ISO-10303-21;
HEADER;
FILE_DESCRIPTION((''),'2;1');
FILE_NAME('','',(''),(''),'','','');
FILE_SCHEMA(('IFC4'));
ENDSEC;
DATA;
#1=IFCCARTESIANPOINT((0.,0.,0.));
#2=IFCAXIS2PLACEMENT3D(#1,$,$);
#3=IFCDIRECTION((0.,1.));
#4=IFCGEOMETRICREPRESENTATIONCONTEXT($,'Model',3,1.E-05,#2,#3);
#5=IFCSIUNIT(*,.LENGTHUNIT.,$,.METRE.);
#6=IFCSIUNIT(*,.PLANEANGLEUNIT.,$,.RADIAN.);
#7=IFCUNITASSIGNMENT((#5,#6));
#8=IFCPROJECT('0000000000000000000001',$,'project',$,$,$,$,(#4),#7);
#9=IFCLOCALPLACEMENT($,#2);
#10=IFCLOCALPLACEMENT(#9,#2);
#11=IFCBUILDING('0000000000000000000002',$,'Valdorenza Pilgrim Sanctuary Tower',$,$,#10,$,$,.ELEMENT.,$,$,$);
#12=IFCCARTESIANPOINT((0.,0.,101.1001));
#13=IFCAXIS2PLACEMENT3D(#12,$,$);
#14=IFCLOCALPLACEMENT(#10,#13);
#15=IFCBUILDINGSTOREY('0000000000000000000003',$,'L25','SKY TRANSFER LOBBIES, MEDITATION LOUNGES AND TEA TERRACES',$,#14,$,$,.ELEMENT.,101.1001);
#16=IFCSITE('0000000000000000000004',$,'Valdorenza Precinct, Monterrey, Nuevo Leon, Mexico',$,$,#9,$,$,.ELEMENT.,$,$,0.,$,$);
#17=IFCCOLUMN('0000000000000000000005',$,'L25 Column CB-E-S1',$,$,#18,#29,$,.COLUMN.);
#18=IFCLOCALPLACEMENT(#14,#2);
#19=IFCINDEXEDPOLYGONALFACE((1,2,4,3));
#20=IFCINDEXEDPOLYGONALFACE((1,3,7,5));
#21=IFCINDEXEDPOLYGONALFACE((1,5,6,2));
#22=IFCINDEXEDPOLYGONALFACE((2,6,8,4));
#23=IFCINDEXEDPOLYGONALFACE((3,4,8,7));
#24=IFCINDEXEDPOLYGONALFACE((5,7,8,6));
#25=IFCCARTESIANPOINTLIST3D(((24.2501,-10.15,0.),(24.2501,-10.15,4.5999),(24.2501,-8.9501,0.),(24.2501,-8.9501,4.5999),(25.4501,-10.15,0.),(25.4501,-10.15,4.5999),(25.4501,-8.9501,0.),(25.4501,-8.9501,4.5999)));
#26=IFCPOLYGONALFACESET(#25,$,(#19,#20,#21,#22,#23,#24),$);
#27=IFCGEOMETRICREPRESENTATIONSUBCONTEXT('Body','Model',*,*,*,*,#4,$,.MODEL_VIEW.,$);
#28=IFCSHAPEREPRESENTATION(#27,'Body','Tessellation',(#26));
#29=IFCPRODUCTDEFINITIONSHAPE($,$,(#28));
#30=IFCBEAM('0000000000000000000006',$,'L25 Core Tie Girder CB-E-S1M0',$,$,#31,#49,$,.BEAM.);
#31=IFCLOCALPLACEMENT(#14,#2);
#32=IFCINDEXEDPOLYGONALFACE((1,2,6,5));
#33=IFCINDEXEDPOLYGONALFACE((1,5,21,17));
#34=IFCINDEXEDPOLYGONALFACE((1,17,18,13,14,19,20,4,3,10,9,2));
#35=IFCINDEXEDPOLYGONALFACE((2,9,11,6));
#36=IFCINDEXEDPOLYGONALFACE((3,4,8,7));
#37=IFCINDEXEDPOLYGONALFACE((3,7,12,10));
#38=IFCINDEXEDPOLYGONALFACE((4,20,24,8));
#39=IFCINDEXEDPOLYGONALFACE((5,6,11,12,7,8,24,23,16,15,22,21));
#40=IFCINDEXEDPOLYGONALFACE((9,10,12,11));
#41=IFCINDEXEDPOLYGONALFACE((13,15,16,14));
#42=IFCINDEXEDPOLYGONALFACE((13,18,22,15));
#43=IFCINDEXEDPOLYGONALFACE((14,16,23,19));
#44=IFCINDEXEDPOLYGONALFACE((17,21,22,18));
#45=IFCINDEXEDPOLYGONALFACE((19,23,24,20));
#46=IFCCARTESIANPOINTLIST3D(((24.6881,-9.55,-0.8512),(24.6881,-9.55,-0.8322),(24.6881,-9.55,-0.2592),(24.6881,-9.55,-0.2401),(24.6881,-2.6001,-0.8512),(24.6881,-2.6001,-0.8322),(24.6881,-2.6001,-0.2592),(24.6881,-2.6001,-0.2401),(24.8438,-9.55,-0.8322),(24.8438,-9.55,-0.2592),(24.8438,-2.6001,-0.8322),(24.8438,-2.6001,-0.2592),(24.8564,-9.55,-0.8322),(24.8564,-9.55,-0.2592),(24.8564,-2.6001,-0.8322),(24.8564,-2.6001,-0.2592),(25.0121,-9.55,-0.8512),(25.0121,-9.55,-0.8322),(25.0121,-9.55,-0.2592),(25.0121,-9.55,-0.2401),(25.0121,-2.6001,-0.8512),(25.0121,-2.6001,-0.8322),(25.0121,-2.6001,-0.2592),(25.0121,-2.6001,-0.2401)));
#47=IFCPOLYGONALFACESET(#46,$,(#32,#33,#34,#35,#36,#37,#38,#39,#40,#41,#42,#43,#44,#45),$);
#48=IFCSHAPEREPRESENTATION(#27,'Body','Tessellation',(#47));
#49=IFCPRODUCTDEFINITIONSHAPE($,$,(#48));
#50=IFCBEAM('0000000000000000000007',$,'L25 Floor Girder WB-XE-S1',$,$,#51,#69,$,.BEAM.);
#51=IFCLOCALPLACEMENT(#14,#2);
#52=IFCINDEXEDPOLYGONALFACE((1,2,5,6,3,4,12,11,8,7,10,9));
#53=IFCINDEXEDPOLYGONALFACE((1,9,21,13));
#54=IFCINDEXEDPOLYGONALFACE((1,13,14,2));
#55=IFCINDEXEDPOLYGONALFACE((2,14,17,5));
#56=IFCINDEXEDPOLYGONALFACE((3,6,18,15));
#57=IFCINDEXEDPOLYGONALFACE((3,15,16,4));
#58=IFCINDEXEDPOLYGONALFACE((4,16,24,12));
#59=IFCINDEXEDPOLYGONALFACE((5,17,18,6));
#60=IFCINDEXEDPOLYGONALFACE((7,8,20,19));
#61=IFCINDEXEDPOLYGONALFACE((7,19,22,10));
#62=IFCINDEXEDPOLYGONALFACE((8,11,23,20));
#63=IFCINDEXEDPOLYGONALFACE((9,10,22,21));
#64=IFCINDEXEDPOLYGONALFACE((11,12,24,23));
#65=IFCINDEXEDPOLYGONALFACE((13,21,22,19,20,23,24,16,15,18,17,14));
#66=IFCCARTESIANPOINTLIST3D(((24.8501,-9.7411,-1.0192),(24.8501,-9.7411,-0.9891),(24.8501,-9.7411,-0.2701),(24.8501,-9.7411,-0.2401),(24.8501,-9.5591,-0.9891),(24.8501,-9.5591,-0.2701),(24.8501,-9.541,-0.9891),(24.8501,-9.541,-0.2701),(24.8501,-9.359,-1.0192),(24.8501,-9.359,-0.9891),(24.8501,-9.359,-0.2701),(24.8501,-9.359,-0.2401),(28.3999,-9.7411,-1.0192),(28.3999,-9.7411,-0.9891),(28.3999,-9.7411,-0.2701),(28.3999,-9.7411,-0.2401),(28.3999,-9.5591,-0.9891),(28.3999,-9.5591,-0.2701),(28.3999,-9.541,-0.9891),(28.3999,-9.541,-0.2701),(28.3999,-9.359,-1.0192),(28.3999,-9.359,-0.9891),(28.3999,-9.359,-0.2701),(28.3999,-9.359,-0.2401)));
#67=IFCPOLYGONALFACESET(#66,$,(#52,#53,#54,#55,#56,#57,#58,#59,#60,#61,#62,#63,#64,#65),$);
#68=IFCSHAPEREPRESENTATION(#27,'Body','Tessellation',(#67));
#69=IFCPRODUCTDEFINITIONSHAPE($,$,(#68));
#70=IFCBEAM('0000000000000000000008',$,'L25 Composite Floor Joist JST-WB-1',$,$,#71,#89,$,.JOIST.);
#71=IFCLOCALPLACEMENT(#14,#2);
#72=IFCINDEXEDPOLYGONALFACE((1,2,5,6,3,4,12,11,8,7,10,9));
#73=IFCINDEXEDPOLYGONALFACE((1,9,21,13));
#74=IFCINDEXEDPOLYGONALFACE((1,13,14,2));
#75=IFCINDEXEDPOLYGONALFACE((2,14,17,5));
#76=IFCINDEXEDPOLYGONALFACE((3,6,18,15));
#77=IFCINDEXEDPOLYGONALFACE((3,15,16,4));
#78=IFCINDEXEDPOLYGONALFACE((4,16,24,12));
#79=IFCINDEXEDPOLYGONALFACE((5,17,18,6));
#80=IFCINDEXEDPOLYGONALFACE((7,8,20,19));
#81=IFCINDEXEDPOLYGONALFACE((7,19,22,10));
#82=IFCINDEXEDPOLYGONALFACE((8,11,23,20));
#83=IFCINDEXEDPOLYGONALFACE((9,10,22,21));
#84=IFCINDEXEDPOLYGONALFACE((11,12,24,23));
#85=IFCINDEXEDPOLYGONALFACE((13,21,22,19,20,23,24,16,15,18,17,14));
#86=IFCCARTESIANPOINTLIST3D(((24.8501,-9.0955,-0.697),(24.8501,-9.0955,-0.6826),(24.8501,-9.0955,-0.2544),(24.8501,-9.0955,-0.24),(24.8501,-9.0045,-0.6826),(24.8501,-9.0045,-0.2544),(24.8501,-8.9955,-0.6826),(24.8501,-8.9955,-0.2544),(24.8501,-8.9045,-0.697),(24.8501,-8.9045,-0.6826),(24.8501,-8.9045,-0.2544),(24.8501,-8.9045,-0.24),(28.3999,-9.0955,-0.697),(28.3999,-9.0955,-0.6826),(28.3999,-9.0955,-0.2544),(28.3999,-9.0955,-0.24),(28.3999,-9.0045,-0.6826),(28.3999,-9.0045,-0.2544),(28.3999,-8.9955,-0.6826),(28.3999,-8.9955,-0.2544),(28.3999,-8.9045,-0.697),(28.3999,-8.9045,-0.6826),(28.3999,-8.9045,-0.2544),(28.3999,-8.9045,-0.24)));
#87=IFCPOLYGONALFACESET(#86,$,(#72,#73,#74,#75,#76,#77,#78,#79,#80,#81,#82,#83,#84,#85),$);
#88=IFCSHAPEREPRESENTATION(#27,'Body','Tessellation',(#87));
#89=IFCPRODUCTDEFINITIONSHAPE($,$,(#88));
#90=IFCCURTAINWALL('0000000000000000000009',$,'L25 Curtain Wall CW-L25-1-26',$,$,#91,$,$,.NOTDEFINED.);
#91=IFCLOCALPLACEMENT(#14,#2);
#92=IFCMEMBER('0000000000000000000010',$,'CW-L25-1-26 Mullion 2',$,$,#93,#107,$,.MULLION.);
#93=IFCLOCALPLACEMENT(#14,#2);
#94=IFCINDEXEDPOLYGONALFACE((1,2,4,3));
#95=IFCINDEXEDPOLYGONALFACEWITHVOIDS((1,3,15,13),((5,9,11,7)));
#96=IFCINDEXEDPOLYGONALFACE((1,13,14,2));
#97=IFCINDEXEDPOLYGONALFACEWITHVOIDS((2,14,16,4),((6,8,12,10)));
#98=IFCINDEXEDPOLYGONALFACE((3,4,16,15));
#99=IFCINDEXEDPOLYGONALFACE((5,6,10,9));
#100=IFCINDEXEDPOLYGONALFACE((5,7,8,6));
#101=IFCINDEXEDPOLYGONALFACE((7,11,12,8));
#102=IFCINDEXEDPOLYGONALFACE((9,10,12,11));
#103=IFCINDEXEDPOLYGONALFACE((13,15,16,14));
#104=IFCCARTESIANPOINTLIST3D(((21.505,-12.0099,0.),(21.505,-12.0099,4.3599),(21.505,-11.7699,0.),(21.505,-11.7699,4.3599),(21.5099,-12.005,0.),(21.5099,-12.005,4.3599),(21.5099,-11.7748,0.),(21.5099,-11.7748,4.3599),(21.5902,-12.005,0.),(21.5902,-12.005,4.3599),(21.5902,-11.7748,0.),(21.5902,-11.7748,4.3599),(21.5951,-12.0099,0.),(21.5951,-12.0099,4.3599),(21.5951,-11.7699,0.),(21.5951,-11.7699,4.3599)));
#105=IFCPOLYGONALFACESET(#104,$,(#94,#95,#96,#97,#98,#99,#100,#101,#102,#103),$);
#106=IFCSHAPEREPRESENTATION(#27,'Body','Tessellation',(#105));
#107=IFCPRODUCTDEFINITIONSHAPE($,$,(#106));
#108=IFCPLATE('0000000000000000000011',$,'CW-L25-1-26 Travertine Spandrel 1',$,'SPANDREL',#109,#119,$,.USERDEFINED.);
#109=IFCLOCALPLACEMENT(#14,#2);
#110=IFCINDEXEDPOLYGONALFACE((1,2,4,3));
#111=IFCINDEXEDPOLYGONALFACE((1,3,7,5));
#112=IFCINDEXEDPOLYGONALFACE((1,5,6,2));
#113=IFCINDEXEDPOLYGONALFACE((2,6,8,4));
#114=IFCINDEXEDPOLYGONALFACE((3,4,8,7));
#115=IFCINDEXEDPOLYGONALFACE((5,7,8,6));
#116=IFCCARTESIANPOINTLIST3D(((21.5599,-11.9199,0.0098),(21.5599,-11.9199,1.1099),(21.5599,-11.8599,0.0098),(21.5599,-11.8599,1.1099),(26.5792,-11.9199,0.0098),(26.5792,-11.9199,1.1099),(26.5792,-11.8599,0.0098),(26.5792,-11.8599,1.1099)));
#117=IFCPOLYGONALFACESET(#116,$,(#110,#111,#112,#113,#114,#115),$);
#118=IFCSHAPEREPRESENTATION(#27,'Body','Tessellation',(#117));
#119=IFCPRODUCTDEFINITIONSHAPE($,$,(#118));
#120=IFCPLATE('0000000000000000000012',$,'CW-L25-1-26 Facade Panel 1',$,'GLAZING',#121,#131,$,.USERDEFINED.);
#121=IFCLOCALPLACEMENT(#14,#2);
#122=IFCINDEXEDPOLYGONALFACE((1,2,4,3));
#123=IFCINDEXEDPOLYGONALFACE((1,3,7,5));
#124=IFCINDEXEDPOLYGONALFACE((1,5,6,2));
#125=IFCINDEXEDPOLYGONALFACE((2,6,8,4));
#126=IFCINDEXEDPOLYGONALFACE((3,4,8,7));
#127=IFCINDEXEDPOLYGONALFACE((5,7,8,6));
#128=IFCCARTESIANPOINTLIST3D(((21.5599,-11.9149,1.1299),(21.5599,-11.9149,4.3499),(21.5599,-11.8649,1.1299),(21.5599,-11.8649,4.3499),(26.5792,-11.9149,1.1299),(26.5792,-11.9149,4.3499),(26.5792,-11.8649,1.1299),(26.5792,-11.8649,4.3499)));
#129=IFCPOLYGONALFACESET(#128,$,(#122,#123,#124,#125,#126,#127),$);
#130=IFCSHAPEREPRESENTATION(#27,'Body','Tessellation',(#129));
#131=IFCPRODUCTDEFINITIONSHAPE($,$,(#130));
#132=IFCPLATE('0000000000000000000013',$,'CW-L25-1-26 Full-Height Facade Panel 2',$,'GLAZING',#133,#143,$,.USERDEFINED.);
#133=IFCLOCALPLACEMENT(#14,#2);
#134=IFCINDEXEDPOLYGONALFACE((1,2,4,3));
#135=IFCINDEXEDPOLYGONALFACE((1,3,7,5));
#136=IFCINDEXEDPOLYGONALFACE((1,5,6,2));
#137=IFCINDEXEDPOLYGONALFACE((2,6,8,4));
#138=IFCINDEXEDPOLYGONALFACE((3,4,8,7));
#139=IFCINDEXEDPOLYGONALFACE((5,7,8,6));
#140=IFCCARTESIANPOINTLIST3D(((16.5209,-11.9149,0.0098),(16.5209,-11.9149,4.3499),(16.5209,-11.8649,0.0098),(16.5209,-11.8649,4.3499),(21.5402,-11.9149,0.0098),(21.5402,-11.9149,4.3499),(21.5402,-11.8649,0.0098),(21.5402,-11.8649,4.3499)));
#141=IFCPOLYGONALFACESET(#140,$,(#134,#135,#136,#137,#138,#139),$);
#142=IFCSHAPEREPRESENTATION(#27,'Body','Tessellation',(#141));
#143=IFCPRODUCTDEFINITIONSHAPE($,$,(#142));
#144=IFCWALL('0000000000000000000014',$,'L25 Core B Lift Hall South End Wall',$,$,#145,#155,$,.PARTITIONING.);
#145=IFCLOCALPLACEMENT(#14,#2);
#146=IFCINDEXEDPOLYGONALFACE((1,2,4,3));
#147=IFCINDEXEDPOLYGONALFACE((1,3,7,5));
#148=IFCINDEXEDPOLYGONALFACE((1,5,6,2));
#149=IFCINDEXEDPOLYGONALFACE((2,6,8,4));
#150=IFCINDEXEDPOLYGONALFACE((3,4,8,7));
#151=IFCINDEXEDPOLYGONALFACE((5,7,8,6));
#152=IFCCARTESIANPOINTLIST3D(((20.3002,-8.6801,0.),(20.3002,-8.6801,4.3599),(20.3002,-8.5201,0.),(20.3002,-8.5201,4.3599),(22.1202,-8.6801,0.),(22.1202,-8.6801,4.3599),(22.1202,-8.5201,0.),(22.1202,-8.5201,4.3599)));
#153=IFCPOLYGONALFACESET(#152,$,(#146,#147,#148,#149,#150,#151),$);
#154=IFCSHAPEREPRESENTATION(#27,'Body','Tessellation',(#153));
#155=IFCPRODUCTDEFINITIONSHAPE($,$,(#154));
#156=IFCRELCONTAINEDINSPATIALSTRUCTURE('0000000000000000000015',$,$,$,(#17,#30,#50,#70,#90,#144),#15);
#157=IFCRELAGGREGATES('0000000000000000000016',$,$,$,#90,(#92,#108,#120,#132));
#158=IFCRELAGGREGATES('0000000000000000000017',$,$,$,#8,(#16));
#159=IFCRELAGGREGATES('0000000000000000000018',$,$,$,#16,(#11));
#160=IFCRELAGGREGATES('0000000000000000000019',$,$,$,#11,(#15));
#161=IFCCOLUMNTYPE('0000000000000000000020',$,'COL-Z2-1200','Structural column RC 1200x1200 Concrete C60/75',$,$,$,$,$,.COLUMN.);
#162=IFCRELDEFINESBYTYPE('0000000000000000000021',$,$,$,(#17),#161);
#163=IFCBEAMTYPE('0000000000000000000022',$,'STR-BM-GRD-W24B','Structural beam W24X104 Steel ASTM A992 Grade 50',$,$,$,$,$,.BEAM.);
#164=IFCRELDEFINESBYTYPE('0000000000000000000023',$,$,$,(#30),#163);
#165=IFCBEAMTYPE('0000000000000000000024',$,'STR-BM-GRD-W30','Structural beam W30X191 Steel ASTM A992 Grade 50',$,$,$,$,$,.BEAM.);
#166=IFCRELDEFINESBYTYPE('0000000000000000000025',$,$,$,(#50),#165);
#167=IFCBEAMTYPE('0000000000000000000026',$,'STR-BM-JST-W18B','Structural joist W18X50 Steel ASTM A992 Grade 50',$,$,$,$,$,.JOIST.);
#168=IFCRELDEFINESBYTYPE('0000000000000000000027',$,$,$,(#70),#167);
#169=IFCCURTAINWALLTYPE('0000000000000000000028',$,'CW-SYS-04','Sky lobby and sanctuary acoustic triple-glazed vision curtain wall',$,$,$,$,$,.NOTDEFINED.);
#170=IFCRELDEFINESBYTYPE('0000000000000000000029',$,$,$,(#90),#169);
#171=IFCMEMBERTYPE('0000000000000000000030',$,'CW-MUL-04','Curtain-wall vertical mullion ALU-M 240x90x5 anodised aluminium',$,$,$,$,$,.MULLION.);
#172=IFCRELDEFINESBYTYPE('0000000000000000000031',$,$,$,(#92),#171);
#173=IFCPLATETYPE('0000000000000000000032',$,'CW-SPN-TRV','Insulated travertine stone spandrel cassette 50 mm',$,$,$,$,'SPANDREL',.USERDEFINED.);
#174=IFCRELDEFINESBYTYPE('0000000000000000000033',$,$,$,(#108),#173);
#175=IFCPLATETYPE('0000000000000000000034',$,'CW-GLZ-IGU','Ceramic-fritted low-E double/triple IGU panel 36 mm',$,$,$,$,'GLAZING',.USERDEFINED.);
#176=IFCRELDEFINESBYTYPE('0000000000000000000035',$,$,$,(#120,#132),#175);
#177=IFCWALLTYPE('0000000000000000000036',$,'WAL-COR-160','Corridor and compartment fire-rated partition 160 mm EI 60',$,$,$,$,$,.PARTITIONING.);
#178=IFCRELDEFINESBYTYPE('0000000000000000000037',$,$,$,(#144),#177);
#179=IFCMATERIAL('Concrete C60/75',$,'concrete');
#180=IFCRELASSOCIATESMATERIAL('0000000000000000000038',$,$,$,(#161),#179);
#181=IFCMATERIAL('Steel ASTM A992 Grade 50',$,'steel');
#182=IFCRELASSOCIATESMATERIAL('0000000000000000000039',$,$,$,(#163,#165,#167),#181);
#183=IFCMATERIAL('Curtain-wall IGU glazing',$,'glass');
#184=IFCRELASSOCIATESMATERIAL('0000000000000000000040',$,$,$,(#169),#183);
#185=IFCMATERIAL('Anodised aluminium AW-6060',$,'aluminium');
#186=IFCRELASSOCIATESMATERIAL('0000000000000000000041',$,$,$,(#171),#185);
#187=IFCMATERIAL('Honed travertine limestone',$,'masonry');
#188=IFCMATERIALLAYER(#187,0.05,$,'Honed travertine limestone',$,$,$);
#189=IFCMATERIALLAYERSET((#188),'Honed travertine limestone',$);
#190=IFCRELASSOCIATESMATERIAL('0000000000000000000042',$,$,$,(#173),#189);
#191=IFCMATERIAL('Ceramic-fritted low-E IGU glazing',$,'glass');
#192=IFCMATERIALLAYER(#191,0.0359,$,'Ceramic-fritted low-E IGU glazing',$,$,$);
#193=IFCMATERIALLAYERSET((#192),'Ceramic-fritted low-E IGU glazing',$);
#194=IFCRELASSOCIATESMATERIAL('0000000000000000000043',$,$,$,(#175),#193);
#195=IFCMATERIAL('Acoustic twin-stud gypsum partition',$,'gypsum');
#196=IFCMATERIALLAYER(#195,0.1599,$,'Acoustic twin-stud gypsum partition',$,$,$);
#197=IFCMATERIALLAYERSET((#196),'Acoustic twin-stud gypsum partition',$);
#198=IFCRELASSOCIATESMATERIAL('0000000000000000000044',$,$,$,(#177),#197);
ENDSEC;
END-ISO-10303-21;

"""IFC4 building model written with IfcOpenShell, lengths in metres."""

from ifc_helpers import new_model, si_unit, direction, frame, frame_2d, origin, origin_2d, place, context, subcontext, project, spatial, rectangle, hollow_rectangle, i_section, extrude, source, transform, mapped, material, layer, layer_set, material_profile, profile_set, type_object, element, aggregate, save


model = new_model("IFC4")

# Units and contexts
model_context = context("Model", 3, precision=1e-05, world=origin(), true_north=direction((0.0, 1.0)))
body_context = subcontext(model_context, "Body", "Model", "MODEL_VIEW")
ifc_project = project(units=[si_unit("LENGTHUNIT", "METRE"), si_unit("PLANEANGLEUNIT", "RADIAN")], contexts=[model_context])

# Site, building, storey
site_placement = place(None, origin())
site = spatial("IfcSite", under=ifc_project, at=site_placement, Name="Valdorenza Precinct, Monterrey, Nuevo Leon, Mexico", CompositionType="ELEMENT", RefElevation=0.0)
building_placement = place(site_placement, origin())
building = spatial("IfcBuilding", under=site, at=building_placement, Name="Valdorenza Pilgrim Sanctuary Tower", CompositionType="ELEMENT")
storey_placement = place(building_placement, frame((0.0, 0.0, 101.1001)))
storey = spatial("IfcBuildingStorey", under=building, at=storey_placement, Name="L25", Description="SKY TRANSFER LOBBIES, MEDITATION LOUNGES AND TEA TERRACES", CompositionType="ELEMENT", Elevation=101.1001)

# Column
ifc_material_1 = material(Name="Concrete C60/75", Category="concrete")
ifc_material_profile_1 = material_profile(ifc_material_1, rectangle(XDim=1.2, YDim=1.2, at=origin_2d()), Name="RC 1200x1200")
ifc_profile_set_1 = profile_set([ifc_material_profile_1], Name="Concrete C60/75")
column_type = type_object("IfcColumnType", Name="COL-Z2-1200", Description="Structural column RC 1200x1200 Concrete C60/75", PredefinedType="COLUMN", material=ifc_profile_set_1)
shared_shape_1 = source(origin(), body_context, "Body", "SweptSolid", [
    extrude(rectangle(XDim=1.2, YDim=1.2, at=origin_2d()), origin(), (0.0, 0.0, 1.0), 4.5999),
])
column_placement = place(storey_placement, frame((24.8501, -9.55, 0.0), z_axis=(0.0, 0.0, 1.0), x_axis=(1.0, 0.0, 0.0)))
element("IfcColumn", 1, at=column_placement, inside=storey, type_object=column_type, Name="L25 Column CB-E-S1", PredefinedType="COLUMN", context=body_context, shape_type="MappedRepresentation", body=[
    mapped(shared_shape_1, transform((0.0, 0.0, 0.0), x_axis=(1.0, 0.0, 0.0), y_axis=(0.0, 1.0, 0.0), z_axis=(0.0, 0.0, 1.0), scale=1.0)),
])

# Beams
ifc_material_2 = material(Name="Steel ASTM A992 Grade 50", Category="steel")
ifc_material_profile_2 = material_profile(ifc_material_2, i_section(OverallWidth=0.324, OverallDepth=0.6111, WebThickness=0.0127, FlangeThickness=0.019, at=origin_2d()), Name="W24X104")
ifc_profile_set_2 = profile_set([ifc_material_profile_2], Name="Steel ASTM A992 Grade 50")
beam_type_1 = type_object("IfcBeamType", Name="STR-BM-GRD-W24B", Description="Structural beam W24X104 Steel ASTM A992 Grade 50", PredefinedType="BEAM", material=ifc_profile_set_2)
shared_shape_2 = source(origin(), body_context, "Body", "SweptSolid", [
    extrude(i_section(OverallWidth=0.324, OverallDepth=0.6111, WebThickness=0.0127, FlangeThickness=0.019, at=origin_2d()), origin(), (0.0, 0.0, 1.0), 6.95),
])
beam_1_placement = place(storey_placement, frame((24.8501, -9.55, -0.5457), z_axis=(0.0, 1.0, 0.0), x_axis=(-1.0, 0.0, 0.0)))
element("IfcBeam", 2, at=beam_1_placement, inside=storey, type_object=beam_type_1, Name="L25 Core Tie Girder CB-E-S1M0", PredefinedType="BEAM", context=body_context, shape_type="MappedRepresentation", body=[
    mapped(shared_shape_2, transform((0.0, 0.0, 0.0), x_axis=(1.0, 0.0, 0.0), y_axis=(0.0, 1.0, 0.0), z_axis=(0.0, 0.0, 1.0), scale=1.0)),
])
ifc_material_profile_3 = material_profile(ifc_material_2, i_section(OverallWidth=0.3821, OverallDepth=0.7791, WebThickness=0.0181, FlangeThickness=0.03, at=origin_2d()), Name="W30X191")
ifc_profile_set_3 = profile_set([ifc_material_profile_3], Name="Steel ASTM A992 Grade 50")
beam_type_2 = type_object("IfcBeamType", Name="STR-BM-GRD-W30", Description="Structural beam W30X191 Steel ASTM A992 Grade 50", PredefinedType="BEAM", material=ifc_profile_set_3)
shared_shape_3 = source(origin(), body_context, "Body", "SweptSolid", [
    extrude(i_section(OverallWidth=0.3821, OverallDepth=0.7791, WebThickness=0.0181, FlangeThickness=0.03, at=origin_2d()), origin(), (0.0, 0.0, 1.0), 3.5498),
])
beam_2_placement = place(storey_placement, frame((24.8501, -9.55, -0.6296), z_axis=(1.0, 0.0, 0.0), x_axis=(0.0, 1.0, 0.0)))
element("IfcBeam", 3, at=beam_2_placement, inside=storey, type_object=beam_type_2, Name="L25 Floor Girder WB-XE-S1", PredefinedType="BEAM", context=body_context, shape_type="MappedRepresentation", body=[
    mapped(shared_shape_3, transform((0.0, 0.0, 0.0), x_axis=(1.0, 0.0, 0.0), y_axis=(0.0, 1.0, 0.0), z_axis=(0.0, 0.0, 1.0), scale=1.0)),
])
ifc_material_profile_4 = material_profile(ifc_material_2, i_section(OverallWidth=0.1909, OverallDepth=0.457, WebThickness=0.009, FlangeThickness=0.0144, at=origin_2d()), Name="W18X50")
ifc_profile_set_4 = profile_set([ifc_material_profile_4], Name="Steel ASTM A992 Grade 50")
beam_type_3 = type_object("IfcBeamType", Name="STR-BM-JST-W18B", Description="Structural joist W18X50 Steel ASTM A992 Grade 50", PredefinedType="JOIST", material=ifc_profile_set_4)
shared_shape_4 = source(origin(), body_context, "Body", "SweptSolid", [
    extrude(i_section(OverallWidth=0.1909, OverallDepth=0.457, WebThickness=0.009, FlangeThickness=0.0144, at=origin_2d()), origin(), (0.0, 0.0, 1.0), 3.5498),
])
beam_3_placement = place(storey_placement, frame((24.8501, -9.0, -0.4685), z_axis=(1.0, 0.0, 0.0), x_axis=(0.0, 1.0, 0.0)))
element("IfcBeam", 4, at=beam_3_placement, inside=storey, type_object=beam_type_3, Name="L25 Composite Floor Joist JST-WB-1", PredefinedType="JOIST", context=body_context, shape_type="MappedRepresentation", body=[
    mapped(shared_shape_4, transform((0.0, 0.0, 0.0), x_axis=(1.0, 0.0, 0.0), y_axis=(0.0, 1.0, 0.0), z_axis=(0.0, 0.0, 1.0), scale=1.0)),
])

# Curtain wall, member, plates
ifc_material_3 = material(Name="Curtain-wall IGU glazing", Category="glass")
curtain_wall_type = type_object("IfcCurtainWallType", Name="CW-SYS-04", Description="Sky lobby and sanctuary acoustic triple-glazed vision curtain wall", PredefinedType="NOTDEFINED", material=ifc_material_3)
curtain_wall_placement = place(storey_placement, origin())
curtain_wall = element("IfcCurtainWall", 5, at=curtain_wall_placement, inside=storey, type_object=curtain_wall_type, Name="L25 Curtain Wall CW-L25-1-26", PredefinedType="NOTDEFINED")
ifc_material_4 = material(Name="Anodised aluminium AW-6060", Category="aluminium")
ifc_material_profile_5 = material_profile(ifc_material_4, hollow_rectangle(XDim=0.0901, YDim=0.24, WallThickness=0.0049, at=origin_2d()), Name="ALU-M 240x90x5")
ifc_profile_set_5 = profile_set([ifc_material_profile_5], Name="Anodised aluminium AW-6060")
member_type = type_object("IfcMemberType", Name="CW-MUL-04", Description="Curtain-wall vertical mullion ALU-M 240x90x5 anodised aluminium", PredefinedType="MULLION", material=ifc_profile_set_5)
shared_shape_5 = source(origin(), body_context, "Body", "SweptSolid", [
    extrude(hollow_rectangle(XDim=0.0901, YDim=0.24, WallThickness=0.0049, at=origin_2d()), origin(), (0.0, 0.0, 1.0), 4.3599),
])
member_placement = place(storey_placement, frame((21.55, -11.8899, 0.0), z_axis=(0.0, 0.0, 1.0), x_axis=(-1.0, 0.0, 0.0)))
member = element("IfcMember", 6, at=member_placement, type_object=member_type, Name="CW-L25-1-26 Mullion 2", PredefinedType="MULLION", context=body_context, shape_type="MappedRepresentation", body=[
    mapped(shared_shape_5, transform((0.0, 0.0, 0.0), x_axis=(1.0, 0.0, 0.0), y_axis=(0.0, 1.0, 0.0), z_axis=(0.0, 0.0, 1.0), scale=1.0)),
])
ifc_material_5 = material(Name="Honed travertine limestone", Category="masonry")
ifc_layer_1 = layer(ifc_material_5, 0.05, Name="Honed travertine limestone")
ifc_layer_set_1 = layer_set([ifc_layer_1], Name="Honed travertine limestone")
plate_type_1 = type_object("IfcPlateType", Name="CW-SPN-TRV", Description="Insulated travertine stone spandrel cassette 50 mm", ElementType="SPANDREL", PredefinedType="USERDEFINED", material=ifc_layer_set_1)
shared_shape_6 = source(origin(), body_context, "Body", "SweptSolid", [
    extrude(rectangle(XDim=5.0193, YDim=0.0601, at=origin_2d()), origin(), (0.0, 0.0, 1.0), 1.1001),
])
plate_1_placement = place(storey_placement, frame((24.0696, -11.8899, 0.0098), z_axis=(0.0, 0.0, 1.0), x_axis=(-1.0, 0.0, 0.0)))
plate_1 = element("IfcPlate", 7, at=plate_1_placement, type_object=plate_type_1, Name="CW-L25-1-26 Travertine Spandrel 1", ObjectType="SPANDREL", PredefinedType="USERDEFINED", context=body_context, shape_type="MappedRepresentation", body=[
    mapped(shared_shape_6, transform((0.0, 0.0, 0.0), x_axis=(1.0, 0.0, 0.0), y_axis=(0.0, 1.0, 0.0), z_axis=(0.0, 0.0, 1.0), scale=1.0)),
])
ifc_material_6 = material(Name="Ceramic-fritted low-E IGU glazing", Category="glass")
ifc_layer_2 = layer(ifc_material_6, 0.0359, Name="Ceramic-fritted low-E IGU glazing")
ifc_layer_set_2 = layer_set([ifc_layer_2], Name="Ceramic-fritted low-E IGU glazing")
plate_type_2 = type_object("IfcPlateType", Name="CW-GLZ-IGU", Description="Ceramic-fritted low-E double/triple IGU panel 36 mm", ElementType="GLAZING", PredefinedType="USERDEFINED", material=ifc_layer_set_2)
shared_shape_7 = source(origin(), body_context, "Body", "SweptSolid", [
    extrude(rectangle(XDim=5.0193, YDim=0.05, at=origin_2d()), origin(), (0.0, 0.0, 1.0), 3.22),
])
plate_2_placement = place(storey_placement, frame((24.0696, -11.8899, 1.1299), z_axis=(0.0, 0.0, 1.0), x_axis=(-1.0, 0.0, 0.0)))
plate_2 = element("IfcPlate", 8, at=plate_2_placement, type_object=plate_type_2, Name="CW-L25-1-26 Facade Panel 1", ObjectType="GLAZING", PredefinedType="USERDEFINED", context=body_context, shape_type="MappedRepresentation", body=[
    mapped(shared_shape_7, transform((0.0, 0.0, 0.0), x_axis=(1.0, 0.0, 0.0), y_axis=(0.0, 1.0, 0.0), z_axis=(0.0, 0.0, 1.0), scale=1.0)),
])
shared_shape_8 = source(origin(), body_context, "Body", "SweptSolid", [
    extrude(rectangle(XDim=5.0193, YDim=0.05, at=origin_2d()), origin(), (0.0, 0.0, 1.0), 4.3401),
])
plate_3_placement = place(storey_placement, frame((19.0305, -11.8899, 0.0098), z_axis=(0.0, 0.0, 1.0), x_axis=(-1.0, 0.0, 0.0)))
plate_3 = element("IfcPlate", 9, at=plate_3_placement, type_object=plate_type_2, Name="CW-L25-1-26 Full-Height Facade Panel 2", ObjectType="GLAZING", PredefinedType="USERDEFINED", context=body_context, shape_type="MappedRepresentation", body=[
    mapped(shared_shape_8, transform((0.0, 0.0, 0.0), x_axis=(1.0, 0.0, 0.0), y_axis=(0.0, 1.0, 0.0), z_axis=(0.0, 0.0, 1.0), scale=1.0)),
])
aggregate(curtain_wall, [member, plate_1, plate_2, plate_3])

# Wall
ifc_material_7 = material(Name="Acoustic twin-stud gypsum partition", Category="gypsum")
ifc_layer_3 = layer(ifc_material_7, 0.1599, Name="Acoustic twin-stud gypsum partition")
ifc_layer_set_3 = layer_set([ifc_layer_3], Name="Acoustic twin-stud gypsum partition")
wall_type_1 = type_object("IfcWallType", Name="WAL-COR-160", Description="Corridor and compartment fire-rated partition 160 mm EI 60", PredefinedType="PARTITIONING", material=ifc_layer_set_3)
wall_1_placement = place(storey_placement, frame((20.3, -8.6001, 0.0), z_axis=(0.0, 0.0, 1.0), x_axis=(1.0, 0.0, 0.0)))
element("IfcWall", 10, at=wall_1_placement, inside=storey, type_object=wall_type_1, Name="L25 Core B Lift Hall South End Wall", PredefinedType="PARTITIONING", context=body_context, shape_type="SweptSolid", body=[
    extrude(rectangle(XDim=1.8201, YDim=0.1599, at=frame_2d((0.9102, 0.0))), origin(), (0.0, 0.0, 1.0), 4.3599),
])

save(model, "model.ifc")
